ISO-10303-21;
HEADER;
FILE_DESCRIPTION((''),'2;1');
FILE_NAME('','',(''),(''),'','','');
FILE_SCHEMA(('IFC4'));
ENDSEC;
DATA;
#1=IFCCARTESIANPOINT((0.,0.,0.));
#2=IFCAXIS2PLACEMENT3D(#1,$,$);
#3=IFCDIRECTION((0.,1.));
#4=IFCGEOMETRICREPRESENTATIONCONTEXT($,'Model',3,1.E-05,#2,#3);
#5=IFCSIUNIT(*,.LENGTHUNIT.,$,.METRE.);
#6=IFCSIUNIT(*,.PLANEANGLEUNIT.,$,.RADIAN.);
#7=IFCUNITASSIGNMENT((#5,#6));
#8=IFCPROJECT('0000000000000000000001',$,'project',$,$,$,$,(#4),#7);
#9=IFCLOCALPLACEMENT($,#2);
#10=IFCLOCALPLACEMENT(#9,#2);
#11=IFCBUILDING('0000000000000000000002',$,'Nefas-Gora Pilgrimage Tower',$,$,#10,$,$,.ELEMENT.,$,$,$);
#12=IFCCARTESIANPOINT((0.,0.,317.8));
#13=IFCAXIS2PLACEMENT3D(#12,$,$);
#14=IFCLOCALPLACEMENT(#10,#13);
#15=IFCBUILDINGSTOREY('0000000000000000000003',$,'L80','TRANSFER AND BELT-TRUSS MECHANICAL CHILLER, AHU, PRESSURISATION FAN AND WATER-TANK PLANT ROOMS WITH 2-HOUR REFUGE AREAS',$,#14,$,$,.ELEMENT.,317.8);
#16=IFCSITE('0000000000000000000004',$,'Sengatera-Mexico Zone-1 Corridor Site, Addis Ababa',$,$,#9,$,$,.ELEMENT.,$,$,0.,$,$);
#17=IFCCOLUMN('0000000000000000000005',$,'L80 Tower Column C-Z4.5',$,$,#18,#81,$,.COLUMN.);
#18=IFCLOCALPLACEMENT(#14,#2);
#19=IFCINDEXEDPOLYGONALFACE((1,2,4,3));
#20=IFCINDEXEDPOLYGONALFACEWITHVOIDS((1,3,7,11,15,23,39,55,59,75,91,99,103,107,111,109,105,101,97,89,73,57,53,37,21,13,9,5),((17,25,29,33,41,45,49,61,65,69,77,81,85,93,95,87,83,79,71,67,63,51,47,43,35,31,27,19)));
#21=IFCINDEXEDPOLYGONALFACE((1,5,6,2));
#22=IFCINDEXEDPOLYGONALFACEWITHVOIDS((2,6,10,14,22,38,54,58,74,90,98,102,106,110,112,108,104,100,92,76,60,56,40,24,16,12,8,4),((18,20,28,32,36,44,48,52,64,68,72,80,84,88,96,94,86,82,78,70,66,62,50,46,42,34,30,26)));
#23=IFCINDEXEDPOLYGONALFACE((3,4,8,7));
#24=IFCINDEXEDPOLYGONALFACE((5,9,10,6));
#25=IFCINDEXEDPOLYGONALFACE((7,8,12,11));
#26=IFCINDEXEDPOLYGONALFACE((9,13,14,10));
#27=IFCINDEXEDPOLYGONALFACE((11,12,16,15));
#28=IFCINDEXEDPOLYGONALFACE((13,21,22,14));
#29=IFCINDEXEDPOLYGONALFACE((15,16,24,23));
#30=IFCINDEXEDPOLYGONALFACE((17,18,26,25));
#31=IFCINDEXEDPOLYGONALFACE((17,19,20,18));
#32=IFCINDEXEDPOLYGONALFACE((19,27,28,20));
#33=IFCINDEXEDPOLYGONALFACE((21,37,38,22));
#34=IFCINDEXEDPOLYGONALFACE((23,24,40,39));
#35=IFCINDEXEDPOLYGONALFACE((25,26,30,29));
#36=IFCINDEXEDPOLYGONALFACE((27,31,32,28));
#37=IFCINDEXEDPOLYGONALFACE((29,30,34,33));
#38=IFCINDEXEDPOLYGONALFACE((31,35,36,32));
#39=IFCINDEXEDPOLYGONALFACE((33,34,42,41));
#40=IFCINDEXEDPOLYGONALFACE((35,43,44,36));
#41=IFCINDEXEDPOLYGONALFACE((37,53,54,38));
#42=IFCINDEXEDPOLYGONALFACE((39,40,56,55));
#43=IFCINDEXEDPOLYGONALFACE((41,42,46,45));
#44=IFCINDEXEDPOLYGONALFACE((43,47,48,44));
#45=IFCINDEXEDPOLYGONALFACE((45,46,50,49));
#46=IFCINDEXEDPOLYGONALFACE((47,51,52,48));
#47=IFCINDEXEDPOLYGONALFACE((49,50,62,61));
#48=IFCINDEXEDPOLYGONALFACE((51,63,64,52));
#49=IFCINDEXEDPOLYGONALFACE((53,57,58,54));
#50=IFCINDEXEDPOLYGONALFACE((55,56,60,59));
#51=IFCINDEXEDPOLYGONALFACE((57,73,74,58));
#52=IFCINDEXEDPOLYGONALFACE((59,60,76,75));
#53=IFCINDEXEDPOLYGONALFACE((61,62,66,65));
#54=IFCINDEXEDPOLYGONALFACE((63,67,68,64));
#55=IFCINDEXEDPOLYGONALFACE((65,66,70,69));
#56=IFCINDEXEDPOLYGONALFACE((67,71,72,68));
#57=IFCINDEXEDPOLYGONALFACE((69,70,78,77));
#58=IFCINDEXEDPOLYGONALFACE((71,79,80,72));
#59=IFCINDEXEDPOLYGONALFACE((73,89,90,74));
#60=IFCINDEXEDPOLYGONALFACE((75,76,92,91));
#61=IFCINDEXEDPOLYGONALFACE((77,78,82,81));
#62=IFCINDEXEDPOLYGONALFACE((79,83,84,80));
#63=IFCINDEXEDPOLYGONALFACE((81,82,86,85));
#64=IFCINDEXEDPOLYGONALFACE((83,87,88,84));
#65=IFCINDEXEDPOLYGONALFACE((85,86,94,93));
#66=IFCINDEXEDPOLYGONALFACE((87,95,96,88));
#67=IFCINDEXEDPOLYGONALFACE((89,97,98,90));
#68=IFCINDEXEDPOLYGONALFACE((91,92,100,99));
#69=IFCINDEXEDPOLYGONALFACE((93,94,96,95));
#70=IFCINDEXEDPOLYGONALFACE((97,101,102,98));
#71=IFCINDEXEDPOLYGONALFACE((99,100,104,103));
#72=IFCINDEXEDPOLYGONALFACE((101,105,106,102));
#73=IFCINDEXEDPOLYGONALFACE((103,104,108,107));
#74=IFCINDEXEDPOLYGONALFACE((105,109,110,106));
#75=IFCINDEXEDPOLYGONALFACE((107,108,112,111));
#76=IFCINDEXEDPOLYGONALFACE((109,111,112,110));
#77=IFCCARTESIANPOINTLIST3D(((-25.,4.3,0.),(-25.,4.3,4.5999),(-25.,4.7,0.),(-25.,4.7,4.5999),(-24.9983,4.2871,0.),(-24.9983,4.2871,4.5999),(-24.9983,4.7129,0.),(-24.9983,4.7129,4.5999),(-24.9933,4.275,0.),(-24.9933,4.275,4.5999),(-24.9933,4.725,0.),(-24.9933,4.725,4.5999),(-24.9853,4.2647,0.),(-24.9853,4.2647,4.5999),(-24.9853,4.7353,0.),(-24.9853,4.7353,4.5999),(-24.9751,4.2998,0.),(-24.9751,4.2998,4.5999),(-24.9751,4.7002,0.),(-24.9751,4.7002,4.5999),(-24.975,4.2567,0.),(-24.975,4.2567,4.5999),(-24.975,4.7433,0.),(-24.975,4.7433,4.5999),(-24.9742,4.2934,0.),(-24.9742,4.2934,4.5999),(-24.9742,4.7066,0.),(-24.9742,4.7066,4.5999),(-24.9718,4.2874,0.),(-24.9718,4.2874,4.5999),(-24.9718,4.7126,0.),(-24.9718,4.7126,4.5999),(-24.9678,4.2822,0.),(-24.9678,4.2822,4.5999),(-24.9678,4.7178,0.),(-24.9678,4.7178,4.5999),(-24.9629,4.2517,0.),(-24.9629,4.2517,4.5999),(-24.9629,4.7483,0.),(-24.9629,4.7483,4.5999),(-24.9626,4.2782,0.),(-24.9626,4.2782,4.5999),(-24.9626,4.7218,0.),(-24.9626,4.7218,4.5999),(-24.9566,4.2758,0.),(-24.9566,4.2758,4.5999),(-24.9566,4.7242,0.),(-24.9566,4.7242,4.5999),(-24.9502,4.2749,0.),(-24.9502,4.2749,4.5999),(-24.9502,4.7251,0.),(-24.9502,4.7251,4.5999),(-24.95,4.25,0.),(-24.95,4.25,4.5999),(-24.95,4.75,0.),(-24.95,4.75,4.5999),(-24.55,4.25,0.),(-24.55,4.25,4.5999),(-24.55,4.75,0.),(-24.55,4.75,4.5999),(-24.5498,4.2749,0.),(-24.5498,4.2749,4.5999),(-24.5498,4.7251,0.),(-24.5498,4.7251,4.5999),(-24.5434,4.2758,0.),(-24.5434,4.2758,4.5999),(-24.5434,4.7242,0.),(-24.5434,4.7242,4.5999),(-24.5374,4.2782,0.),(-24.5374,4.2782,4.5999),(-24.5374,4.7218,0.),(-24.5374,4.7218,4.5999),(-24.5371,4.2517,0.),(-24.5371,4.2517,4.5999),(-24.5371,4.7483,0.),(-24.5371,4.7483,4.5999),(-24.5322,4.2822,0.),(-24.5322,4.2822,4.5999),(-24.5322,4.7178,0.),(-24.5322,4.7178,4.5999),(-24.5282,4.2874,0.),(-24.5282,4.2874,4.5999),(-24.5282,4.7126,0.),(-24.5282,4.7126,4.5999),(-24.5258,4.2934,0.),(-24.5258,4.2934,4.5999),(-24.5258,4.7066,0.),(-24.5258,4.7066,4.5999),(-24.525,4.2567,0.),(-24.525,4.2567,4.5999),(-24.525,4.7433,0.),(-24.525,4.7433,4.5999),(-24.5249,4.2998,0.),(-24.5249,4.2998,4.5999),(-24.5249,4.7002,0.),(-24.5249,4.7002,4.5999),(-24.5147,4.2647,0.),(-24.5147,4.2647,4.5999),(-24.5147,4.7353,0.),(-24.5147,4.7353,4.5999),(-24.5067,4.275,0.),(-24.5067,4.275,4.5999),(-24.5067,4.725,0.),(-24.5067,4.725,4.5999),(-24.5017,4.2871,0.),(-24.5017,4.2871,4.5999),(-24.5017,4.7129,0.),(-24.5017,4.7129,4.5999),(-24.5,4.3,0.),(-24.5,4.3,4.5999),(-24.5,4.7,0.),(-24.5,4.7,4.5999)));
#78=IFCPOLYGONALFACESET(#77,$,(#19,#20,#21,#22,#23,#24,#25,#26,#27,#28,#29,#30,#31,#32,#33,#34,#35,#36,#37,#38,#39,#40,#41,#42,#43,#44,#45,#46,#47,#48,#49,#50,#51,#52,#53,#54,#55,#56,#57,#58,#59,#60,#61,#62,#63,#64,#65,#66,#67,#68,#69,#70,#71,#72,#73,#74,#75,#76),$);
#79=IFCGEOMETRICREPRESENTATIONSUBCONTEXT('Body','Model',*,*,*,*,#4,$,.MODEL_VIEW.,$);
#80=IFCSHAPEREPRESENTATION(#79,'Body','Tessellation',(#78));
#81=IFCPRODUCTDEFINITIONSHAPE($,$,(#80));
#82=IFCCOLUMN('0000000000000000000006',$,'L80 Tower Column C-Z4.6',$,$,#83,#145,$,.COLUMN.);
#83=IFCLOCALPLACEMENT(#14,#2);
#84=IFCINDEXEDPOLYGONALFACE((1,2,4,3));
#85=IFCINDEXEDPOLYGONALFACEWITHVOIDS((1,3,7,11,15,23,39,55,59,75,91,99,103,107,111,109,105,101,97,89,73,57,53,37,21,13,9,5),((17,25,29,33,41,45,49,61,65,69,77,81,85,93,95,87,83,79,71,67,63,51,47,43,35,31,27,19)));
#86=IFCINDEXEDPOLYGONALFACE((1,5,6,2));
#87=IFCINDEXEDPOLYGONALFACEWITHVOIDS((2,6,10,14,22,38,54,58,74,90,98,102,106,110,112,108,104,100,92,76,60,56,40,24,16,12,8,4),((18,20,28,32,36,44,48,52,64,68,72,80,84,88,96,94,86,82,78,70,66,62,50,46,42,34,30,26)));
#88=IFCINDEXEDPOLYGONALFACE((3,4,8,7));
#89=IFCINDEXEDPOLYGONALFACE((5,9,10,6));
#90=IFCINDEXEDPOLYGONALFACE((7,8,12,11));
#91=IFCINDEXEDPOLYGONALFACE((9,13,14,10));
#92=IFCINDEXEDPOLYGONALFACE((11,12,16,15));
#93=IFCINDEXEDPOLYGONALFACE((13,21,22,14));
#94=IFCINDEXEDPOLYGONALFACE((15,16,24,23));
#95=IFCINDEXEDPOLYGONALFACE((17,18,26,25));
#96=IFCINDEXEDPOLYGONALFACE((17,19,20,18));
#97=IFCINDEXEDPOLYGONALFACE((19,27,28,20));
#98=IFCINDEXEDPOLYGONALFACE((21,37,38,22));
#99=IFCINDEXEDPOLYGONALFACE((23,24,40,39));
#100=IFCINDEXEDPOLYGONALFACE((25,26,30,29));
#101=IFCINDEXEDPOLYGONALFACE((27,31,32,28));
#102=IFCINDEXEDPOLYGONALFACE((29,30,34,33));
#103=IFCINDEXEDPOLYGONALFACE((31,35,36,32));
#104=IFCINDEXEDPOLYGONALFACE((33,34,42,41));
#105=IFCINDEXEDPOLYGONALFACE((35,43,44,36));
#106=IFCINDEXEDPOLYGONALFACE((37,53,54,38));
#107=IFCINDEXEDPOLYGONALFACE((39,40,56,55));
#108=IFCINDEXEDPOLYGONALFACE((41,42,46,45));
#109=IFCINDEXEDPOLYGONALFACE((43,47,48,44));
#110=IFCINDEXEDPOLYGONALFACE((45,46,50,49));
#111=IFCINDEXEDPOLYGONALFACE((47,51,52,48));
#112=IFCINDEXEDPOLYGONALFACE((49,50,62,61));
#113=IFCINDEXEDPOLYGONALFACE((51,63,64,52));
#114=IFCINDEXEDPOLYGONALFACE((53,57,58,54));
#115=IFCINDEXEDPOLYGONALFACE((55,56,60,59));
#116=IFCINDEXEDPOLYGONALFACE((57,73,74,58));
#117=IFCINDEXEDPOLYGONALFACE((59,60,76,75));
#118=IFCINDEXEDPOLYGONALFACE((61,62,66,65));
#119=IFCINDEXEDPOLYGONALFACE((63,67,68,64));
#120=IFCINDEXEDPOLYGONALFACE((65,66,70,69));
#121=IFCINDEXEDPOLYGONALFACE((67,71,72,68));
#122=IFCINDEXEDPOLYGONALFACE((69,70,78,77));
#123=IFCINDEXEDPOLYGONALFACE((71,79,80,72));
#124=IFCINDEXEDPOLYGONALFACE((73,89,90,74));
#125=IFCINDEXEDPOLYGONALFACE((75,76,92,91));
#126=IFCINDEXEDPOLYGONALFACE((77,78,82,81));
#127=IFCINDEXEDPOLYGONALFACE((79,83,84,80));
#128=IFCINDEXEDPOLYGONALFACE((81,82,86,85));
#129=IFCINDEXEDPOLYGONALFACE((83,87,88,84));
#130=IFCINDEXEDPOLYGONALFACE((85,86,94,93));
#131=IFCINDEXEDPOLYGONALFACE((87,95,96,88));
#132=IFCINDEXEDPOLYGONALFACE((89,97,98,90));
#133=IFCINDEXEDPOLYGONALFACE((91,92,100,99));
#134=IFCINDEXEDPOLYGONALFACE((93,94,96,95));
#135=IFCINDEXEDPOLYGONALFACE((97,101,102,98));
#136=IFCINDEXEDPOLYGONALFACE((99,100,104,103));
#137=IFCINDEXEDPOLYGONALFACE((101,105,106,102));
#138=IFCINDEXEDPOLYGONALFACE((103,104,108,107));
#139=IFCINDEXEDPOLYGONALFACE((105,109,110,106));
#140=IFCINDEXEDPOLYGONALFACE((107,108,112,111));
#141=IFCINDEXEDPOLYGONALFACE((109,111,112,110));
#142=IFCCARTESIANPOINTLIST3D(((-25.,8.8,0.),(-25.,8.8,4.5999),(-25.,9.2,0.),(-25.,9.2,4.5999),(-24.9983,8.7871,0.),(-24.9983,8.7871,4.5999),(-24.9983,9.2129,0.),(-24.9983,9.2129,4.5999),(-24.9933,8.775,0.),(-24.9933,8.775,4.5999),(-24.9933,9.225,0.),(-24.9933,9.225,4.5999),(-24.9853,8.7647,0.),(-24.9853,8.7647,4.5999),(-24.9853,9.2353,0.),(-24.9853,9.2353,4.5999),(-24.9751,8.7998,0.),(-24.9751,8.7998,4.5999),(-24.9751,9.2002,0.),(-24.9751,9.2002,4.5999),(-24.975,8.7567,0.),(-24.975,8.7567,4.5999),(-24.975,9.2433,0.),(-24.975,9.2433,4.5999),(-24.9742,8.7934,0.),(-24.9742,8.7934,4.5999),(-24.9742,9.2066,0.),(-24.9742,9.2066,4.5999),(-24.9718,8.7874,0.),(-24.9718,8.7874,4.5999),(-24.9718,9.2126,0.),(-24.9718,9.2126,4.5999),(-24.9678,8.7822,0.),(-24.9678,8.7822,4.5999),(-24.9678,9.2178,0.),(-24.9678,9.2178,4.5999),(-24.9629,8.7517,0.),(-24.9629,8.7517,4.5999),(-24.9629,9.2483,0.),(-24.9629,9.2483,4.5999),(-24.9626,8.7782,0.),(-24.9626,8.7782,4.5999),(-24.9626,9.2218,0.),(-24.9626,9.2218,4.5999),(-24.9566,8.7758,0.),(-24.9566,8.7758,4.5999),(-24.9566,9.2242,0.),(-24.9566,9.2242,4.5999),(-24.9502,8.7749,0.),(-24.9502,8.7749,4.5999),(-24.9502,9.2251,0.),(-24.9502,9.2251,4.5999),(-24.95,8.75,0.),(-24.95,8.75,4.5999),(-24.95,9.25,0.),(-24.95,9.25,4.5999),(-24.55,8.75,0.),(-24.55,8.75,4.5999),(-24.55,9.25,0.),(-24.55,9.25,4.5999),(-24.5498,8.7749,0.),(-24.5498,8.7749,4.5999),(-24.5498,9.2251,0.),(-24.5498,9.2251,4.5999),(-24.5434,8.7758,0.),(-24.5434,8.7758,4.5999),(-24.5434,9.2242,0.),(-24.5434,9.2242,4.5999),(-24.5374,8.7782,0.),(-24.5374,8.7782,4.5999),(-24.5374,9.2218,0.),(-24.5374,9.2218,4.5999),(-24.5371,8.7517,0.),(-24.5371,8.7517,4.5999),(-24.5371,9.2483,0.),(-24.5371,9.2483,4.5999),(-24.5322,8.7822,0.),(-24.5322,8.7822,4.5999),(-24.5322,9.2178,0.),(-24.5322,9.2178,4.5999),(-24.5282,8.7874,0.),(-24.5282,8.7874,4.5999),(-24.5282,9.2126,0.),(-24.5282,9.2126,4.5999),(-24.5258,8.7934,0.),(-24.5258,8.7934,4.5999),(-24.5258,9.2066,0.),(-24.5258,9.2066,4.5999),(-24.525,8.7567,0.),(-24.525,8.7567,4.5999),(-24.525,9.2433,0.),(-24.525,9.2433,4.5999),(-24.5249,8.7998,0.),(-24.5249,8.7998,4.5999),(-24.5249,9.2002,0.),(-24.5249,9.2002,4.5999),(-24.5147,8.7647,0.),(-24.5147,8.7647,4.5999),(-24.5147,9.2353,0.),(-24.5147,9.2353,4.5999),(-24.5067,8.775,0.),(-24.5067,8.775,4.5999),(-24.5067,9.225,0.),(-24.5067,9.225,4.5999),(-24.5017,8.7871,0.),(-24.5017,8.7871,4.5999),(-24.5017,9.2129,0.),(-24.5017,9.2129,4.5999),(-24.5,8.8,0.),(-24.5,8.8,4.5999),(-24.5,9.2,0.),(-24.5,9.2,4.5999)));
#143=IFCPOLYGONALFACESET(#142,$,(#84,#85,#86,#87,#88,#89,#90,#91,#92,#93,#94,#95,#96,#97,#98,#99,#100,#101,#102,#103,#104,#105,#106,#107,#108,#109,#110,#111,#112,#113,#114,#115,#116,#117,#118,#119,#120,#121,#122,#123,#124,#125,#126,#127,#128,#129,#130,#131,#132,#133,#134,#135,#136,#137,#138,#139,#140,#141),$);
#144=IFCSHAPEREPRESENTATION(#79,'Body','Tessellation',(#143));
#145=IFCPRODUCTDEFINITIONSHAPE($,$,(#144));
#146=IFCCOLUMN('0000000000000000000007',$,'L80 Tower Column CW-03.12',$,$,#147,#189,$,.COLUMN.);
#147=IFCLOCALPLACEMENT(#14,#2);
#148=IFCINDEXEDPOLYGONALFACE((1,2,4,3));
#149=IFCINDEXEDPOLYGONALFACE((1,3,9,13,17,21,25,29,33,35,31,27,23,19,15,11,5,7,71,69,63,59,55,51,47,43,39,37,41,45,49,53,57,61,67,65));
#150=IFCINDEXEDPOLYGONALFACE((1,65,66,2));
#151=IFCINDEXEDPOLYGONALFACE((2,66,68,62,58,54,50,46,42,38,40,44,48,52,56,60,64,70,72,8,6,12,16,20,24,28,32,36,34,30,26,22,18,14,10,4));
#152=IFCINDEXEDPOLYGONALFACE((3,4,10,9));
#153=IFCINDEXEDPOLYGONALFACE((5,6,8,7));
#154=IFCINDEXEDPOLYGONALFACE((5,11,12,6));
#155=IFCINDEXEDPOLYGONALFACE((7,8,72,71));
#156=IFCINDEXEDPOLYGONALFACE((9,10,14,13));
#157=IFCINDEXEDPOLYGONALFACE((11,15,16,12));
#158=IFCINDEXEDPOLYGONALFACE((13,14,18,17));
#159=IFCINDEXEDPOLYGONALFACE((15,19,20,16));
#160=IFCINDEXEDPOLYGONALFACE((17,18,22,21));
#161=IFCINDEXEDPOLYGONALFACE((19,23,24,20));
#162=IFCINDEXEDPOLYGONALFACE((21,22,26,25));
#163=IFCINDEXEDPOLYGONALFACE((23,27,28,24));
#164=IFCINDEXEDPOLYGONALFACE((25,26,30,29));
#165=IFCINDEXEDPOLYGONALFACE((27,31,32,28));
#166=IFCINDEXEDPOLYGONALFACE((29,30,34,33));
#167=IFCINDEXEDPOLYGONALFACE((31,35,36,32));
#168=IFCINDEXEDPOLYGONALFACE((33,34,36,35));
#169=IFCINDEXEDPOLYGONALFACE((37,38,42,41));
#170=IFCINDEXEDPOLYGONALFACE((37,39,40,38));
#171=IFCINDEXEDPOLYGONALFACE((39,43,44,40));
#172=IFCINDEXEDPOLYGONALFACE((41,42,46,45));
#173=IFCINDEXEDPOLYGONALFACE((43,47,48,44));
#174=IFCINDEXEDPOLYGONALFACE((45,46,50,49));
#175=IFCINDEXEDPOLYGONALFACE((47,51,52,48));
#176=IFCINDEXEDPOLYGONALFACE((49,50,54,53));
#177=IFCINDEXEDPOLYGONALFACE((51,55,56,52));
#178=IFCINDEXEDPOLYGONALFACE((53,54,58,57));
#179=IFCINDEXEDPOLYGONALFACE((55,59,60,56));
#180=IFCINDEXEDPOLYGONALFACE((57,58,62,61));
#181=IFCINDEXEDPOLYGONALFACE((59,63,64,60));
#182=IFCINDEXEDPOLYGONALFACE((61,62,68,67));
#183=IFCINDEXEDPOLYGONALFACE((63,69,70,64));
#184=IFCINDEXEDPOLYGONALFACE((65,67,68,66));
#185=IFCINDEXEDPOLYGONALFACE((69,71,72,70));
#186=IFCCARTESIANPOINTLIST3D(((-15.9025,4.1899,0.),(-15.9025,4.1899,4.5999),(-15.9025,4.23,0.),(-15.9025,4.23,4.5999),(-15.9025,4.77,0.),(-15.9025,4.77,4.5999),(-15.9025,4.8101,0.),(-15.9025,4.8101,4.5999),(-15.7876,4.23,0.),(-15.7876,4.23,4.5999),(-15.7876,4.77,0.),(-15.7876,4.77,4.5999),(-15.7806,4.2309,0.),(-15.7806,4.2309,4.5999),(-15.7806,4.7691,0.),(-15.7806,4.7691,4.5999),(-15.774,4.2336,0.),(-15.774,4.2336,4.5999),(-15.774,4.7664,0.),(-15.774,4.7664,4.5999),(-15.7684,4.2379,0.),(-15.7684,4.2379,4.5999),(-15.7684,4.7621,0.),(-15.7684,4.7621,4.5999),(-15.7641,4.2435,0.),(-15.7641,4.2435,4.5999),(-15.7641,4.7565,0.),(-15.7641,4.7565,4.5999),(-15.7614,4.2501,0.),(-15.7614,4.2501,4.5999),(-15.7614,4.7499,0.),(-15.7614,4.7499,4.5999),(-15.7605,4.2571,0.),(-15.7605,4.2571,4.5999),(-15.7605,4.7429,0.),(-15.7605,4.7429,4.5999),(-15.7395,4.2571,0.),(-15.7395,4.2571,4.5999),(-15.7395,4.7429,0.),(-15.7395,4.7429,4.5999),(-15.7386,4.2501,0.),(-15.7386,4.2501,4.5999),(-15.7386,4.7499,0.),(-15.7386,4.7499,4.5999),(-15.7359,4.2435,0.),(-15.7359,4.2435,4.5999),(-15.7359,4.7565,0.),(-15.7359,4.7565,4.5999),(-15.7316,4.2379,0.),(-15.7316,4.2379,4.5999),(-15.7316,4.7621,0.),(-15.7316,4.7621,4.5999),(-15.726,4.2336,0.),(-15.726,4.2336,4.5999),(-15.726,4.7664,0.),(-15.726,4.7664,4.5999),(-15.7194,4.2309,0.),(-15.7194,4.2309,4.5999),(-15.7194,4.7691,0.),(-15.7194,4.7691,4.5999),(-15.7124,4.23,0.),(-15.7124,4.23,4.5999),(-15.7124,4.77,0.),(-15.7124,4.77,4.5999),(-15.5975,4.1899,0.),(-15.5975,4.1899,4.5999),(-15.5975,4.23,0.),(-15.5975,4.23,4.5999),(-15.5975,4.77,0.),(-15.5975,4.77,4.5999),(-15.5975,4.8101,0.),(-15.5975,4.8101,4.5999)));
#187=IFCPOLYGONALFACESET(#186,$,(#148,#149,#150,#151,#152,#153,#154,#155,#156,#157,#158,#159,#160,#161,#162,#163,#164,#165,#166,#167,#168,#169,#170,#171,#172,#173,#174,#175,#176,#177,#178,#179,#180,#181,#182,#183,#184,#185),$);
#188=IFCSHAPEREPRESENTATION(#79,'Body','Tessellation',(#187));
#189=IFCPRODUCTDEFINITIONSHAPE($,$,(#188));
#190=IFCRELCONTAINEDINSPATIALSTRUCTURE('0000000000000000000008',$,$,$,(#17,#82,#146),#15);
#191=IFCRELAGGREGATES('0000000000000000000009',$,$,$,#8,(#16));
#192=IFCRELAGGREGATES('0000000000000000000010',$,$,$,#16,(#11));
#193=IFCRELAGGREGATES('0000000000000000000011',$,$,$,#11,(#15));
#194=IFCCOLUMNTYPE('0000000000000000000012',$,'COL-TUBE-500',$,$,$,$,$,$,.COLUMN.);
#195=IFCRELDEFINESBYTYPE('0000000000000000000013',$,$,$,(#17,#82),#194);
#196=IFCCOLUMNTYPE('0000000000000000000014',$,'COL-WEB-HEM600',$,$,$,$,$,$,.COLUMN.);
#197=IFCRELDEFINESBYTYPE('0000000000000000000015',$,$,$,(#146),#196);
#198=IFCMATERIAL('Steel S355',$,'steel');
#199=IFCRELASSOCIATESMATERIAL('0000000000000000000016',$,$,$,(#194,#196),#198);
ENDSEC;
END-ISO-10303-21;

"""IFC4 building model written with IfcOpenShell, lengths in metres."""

from ifc_helpers import new_model, si_unit, direction, frame, origin, origin_2d, place, context, subcontext, project, spatial, hollow_rectangle, i_section, extrude, source, transform, mapped, material, material_profile, profile_set, type_object, element, save


model = new_model("IFC4")

# Units and contexts
model_context = context("Model", 3, precision=1e-05, world=origin(), true_north=direction((0.0, 1.0)))
body_context = subcontext(model_context, "Body", "Model", "MODEL_VIEW")
ifc_project = project(units=[si_unit("LENGTHUNIT", "METRE"), si_unit("PLANEANGLEUNIT", "RADIAN")], contexts=[model_context])

# Site, building, storey
site_placement = place(None, origin())
site = spatial("IfcSite", under=ifc_project, at=site_placement, Name="Sengatera-Mexico Zone-1 Corridor Site, Addis Ababa", CompositionType="ELEMENT", RefElevation=0.0)
building_placement = place(site_placement, origin())
building = spatial("IfcBuilding", under=site, at=building_placement, Name="Nefas-Gora Pilgrimage Tower", CompositionType="ELEMENT")
storey_placement = place(building_placement, frame((0.0, 0.0, 317.8)))
storey = spatial("IfcBuildingStorey", under=building, at=storey_placement, Name="L80", Description="TRANSFER AND BELT-TRUSS MECHANICAL CHILLER, AHU, PRESSURISATION FAN AND WATER-TANK PLANT ROOMS WITH 2-HOUR REFUGE AREAS", CompositionType="ELEMENT", Elevation=317.8)

# Columns
ifc_material_1 = material(Name="Steel S355", Category="steel")
ifc_material_profile_1 = material_profile(ifc_material_1, hollow_rectangle(XDim=0.5, YDim=0.5, WallThickness=0.0249, InnerFilletRadius=0.0249, OuterFilletRadius=0.05, at=origin_2d()), Name="SHS 500x500x25")
ifc_profile_set_1 = profile_set([ifc_material_profile_1], Name="Steel S355")
column_type_1 = type_object("IfcColumnType", Name="COL-TUBE-500", PredefinedType="COLUMN", material=ifc_profile_set_1)
shared_shape_1 = source(origin(), body_context, "Body", "SweptSolid", [
    extrude(hollow_rectangle(XDim=0.5, YDim=0.5, WallThickness=0.0249, InnerFilletRadius=0.0249, OuterFilletRadius=0.05, at=origin_2d()), origin(), (0.0, 0.0, 1.0), 4.5999),
])
for number, where, z_axis, x_axis, name in (
    (1, (-24.75, 4.5, 0.0), (0.0, 0.0, 1.0), (1.0, 0.0, 0.0), "L80 Tower Column C-Z4.5"),
    (2, (-24.75, 9.0, 0.0), (0.0, 0.0, 1.0), (1.0, 0.0, 0.0), "L80 Tower Column C-Z4.6"),
):
    element("IfcColumn", number, at=place(storey_placement, frame(where, z_axis=z_axis, x_axis=x_axis)), inside=storey, type_object=column_type_1, Name=name, PredefinedType="COLUMN", context=body_context, shape_type="MappedRepresentation", body=[
        mapped(shared_shape_1, transform((0.0, 0.0, 0.0), x_axis=(1.0, 0.0, 0.0), y_axis=(0.0, 1.0, 0.0), z_axis=(0.0, 0.0, 1.0), scale=1.0)),
    ])
ifc_material_profile_2 = material_profile(ifc_material_1, i_section(OverallWidth=0.3049, OverallDepth=0.6201, WebThickness=0.021, FlangeThickness=0.04, FilletRadius=0.0271, at=origin_2d()), Name="HEM 600")
ifc_profile_set_2 = profile_set([ifc_material_profile_2], Name="Steel S355")
column_type_2 = type_object("IfcColumnType", Name="COL-WEB-HEM600", PredefinedType="COLUMN", material=ifc_profile_set_2)
shared_shape_2 = source(origin(), body_context, "Body", "SweptSolid", [
    extrude(i_section(OverallWidth=0.3049, OverallDepth=0.6201, WebThickness=0.021, FlangeThickness=0.04, FilletRadius=0.0271, at=origin_2d()), origin(), (0.0, 0.0, 1.0), 4.5999),
])
for number, where, z_axis, x_axis, name in (
    (3, (-15.75, 4.5, 0.0), (0.0, 0.0, 1.0), (1.0, 0.0, 0.0), "L80 Tower Column CW-03.12"),
):
    element("IfcColumn", number, at=place(storey_placement, frame(where, z_axis=z_axis, x_axis=x_axis)), inside=storey, type_object=column_type_2, Name=name, PredefinedType="COLUMN", context=body_context, shape_type="MappedRepresentation", body=[
        mapped(shared_shape_2, transform((0.0, 0.0, 0.0), x_axis=(1.0, 0.0, 0.0), y_axis=(0.0, 1.0, 0.0), z_axis=(0.0, 0.0, 1.0), scale=1.0)),
    ])

save(model, "model.ifc")
